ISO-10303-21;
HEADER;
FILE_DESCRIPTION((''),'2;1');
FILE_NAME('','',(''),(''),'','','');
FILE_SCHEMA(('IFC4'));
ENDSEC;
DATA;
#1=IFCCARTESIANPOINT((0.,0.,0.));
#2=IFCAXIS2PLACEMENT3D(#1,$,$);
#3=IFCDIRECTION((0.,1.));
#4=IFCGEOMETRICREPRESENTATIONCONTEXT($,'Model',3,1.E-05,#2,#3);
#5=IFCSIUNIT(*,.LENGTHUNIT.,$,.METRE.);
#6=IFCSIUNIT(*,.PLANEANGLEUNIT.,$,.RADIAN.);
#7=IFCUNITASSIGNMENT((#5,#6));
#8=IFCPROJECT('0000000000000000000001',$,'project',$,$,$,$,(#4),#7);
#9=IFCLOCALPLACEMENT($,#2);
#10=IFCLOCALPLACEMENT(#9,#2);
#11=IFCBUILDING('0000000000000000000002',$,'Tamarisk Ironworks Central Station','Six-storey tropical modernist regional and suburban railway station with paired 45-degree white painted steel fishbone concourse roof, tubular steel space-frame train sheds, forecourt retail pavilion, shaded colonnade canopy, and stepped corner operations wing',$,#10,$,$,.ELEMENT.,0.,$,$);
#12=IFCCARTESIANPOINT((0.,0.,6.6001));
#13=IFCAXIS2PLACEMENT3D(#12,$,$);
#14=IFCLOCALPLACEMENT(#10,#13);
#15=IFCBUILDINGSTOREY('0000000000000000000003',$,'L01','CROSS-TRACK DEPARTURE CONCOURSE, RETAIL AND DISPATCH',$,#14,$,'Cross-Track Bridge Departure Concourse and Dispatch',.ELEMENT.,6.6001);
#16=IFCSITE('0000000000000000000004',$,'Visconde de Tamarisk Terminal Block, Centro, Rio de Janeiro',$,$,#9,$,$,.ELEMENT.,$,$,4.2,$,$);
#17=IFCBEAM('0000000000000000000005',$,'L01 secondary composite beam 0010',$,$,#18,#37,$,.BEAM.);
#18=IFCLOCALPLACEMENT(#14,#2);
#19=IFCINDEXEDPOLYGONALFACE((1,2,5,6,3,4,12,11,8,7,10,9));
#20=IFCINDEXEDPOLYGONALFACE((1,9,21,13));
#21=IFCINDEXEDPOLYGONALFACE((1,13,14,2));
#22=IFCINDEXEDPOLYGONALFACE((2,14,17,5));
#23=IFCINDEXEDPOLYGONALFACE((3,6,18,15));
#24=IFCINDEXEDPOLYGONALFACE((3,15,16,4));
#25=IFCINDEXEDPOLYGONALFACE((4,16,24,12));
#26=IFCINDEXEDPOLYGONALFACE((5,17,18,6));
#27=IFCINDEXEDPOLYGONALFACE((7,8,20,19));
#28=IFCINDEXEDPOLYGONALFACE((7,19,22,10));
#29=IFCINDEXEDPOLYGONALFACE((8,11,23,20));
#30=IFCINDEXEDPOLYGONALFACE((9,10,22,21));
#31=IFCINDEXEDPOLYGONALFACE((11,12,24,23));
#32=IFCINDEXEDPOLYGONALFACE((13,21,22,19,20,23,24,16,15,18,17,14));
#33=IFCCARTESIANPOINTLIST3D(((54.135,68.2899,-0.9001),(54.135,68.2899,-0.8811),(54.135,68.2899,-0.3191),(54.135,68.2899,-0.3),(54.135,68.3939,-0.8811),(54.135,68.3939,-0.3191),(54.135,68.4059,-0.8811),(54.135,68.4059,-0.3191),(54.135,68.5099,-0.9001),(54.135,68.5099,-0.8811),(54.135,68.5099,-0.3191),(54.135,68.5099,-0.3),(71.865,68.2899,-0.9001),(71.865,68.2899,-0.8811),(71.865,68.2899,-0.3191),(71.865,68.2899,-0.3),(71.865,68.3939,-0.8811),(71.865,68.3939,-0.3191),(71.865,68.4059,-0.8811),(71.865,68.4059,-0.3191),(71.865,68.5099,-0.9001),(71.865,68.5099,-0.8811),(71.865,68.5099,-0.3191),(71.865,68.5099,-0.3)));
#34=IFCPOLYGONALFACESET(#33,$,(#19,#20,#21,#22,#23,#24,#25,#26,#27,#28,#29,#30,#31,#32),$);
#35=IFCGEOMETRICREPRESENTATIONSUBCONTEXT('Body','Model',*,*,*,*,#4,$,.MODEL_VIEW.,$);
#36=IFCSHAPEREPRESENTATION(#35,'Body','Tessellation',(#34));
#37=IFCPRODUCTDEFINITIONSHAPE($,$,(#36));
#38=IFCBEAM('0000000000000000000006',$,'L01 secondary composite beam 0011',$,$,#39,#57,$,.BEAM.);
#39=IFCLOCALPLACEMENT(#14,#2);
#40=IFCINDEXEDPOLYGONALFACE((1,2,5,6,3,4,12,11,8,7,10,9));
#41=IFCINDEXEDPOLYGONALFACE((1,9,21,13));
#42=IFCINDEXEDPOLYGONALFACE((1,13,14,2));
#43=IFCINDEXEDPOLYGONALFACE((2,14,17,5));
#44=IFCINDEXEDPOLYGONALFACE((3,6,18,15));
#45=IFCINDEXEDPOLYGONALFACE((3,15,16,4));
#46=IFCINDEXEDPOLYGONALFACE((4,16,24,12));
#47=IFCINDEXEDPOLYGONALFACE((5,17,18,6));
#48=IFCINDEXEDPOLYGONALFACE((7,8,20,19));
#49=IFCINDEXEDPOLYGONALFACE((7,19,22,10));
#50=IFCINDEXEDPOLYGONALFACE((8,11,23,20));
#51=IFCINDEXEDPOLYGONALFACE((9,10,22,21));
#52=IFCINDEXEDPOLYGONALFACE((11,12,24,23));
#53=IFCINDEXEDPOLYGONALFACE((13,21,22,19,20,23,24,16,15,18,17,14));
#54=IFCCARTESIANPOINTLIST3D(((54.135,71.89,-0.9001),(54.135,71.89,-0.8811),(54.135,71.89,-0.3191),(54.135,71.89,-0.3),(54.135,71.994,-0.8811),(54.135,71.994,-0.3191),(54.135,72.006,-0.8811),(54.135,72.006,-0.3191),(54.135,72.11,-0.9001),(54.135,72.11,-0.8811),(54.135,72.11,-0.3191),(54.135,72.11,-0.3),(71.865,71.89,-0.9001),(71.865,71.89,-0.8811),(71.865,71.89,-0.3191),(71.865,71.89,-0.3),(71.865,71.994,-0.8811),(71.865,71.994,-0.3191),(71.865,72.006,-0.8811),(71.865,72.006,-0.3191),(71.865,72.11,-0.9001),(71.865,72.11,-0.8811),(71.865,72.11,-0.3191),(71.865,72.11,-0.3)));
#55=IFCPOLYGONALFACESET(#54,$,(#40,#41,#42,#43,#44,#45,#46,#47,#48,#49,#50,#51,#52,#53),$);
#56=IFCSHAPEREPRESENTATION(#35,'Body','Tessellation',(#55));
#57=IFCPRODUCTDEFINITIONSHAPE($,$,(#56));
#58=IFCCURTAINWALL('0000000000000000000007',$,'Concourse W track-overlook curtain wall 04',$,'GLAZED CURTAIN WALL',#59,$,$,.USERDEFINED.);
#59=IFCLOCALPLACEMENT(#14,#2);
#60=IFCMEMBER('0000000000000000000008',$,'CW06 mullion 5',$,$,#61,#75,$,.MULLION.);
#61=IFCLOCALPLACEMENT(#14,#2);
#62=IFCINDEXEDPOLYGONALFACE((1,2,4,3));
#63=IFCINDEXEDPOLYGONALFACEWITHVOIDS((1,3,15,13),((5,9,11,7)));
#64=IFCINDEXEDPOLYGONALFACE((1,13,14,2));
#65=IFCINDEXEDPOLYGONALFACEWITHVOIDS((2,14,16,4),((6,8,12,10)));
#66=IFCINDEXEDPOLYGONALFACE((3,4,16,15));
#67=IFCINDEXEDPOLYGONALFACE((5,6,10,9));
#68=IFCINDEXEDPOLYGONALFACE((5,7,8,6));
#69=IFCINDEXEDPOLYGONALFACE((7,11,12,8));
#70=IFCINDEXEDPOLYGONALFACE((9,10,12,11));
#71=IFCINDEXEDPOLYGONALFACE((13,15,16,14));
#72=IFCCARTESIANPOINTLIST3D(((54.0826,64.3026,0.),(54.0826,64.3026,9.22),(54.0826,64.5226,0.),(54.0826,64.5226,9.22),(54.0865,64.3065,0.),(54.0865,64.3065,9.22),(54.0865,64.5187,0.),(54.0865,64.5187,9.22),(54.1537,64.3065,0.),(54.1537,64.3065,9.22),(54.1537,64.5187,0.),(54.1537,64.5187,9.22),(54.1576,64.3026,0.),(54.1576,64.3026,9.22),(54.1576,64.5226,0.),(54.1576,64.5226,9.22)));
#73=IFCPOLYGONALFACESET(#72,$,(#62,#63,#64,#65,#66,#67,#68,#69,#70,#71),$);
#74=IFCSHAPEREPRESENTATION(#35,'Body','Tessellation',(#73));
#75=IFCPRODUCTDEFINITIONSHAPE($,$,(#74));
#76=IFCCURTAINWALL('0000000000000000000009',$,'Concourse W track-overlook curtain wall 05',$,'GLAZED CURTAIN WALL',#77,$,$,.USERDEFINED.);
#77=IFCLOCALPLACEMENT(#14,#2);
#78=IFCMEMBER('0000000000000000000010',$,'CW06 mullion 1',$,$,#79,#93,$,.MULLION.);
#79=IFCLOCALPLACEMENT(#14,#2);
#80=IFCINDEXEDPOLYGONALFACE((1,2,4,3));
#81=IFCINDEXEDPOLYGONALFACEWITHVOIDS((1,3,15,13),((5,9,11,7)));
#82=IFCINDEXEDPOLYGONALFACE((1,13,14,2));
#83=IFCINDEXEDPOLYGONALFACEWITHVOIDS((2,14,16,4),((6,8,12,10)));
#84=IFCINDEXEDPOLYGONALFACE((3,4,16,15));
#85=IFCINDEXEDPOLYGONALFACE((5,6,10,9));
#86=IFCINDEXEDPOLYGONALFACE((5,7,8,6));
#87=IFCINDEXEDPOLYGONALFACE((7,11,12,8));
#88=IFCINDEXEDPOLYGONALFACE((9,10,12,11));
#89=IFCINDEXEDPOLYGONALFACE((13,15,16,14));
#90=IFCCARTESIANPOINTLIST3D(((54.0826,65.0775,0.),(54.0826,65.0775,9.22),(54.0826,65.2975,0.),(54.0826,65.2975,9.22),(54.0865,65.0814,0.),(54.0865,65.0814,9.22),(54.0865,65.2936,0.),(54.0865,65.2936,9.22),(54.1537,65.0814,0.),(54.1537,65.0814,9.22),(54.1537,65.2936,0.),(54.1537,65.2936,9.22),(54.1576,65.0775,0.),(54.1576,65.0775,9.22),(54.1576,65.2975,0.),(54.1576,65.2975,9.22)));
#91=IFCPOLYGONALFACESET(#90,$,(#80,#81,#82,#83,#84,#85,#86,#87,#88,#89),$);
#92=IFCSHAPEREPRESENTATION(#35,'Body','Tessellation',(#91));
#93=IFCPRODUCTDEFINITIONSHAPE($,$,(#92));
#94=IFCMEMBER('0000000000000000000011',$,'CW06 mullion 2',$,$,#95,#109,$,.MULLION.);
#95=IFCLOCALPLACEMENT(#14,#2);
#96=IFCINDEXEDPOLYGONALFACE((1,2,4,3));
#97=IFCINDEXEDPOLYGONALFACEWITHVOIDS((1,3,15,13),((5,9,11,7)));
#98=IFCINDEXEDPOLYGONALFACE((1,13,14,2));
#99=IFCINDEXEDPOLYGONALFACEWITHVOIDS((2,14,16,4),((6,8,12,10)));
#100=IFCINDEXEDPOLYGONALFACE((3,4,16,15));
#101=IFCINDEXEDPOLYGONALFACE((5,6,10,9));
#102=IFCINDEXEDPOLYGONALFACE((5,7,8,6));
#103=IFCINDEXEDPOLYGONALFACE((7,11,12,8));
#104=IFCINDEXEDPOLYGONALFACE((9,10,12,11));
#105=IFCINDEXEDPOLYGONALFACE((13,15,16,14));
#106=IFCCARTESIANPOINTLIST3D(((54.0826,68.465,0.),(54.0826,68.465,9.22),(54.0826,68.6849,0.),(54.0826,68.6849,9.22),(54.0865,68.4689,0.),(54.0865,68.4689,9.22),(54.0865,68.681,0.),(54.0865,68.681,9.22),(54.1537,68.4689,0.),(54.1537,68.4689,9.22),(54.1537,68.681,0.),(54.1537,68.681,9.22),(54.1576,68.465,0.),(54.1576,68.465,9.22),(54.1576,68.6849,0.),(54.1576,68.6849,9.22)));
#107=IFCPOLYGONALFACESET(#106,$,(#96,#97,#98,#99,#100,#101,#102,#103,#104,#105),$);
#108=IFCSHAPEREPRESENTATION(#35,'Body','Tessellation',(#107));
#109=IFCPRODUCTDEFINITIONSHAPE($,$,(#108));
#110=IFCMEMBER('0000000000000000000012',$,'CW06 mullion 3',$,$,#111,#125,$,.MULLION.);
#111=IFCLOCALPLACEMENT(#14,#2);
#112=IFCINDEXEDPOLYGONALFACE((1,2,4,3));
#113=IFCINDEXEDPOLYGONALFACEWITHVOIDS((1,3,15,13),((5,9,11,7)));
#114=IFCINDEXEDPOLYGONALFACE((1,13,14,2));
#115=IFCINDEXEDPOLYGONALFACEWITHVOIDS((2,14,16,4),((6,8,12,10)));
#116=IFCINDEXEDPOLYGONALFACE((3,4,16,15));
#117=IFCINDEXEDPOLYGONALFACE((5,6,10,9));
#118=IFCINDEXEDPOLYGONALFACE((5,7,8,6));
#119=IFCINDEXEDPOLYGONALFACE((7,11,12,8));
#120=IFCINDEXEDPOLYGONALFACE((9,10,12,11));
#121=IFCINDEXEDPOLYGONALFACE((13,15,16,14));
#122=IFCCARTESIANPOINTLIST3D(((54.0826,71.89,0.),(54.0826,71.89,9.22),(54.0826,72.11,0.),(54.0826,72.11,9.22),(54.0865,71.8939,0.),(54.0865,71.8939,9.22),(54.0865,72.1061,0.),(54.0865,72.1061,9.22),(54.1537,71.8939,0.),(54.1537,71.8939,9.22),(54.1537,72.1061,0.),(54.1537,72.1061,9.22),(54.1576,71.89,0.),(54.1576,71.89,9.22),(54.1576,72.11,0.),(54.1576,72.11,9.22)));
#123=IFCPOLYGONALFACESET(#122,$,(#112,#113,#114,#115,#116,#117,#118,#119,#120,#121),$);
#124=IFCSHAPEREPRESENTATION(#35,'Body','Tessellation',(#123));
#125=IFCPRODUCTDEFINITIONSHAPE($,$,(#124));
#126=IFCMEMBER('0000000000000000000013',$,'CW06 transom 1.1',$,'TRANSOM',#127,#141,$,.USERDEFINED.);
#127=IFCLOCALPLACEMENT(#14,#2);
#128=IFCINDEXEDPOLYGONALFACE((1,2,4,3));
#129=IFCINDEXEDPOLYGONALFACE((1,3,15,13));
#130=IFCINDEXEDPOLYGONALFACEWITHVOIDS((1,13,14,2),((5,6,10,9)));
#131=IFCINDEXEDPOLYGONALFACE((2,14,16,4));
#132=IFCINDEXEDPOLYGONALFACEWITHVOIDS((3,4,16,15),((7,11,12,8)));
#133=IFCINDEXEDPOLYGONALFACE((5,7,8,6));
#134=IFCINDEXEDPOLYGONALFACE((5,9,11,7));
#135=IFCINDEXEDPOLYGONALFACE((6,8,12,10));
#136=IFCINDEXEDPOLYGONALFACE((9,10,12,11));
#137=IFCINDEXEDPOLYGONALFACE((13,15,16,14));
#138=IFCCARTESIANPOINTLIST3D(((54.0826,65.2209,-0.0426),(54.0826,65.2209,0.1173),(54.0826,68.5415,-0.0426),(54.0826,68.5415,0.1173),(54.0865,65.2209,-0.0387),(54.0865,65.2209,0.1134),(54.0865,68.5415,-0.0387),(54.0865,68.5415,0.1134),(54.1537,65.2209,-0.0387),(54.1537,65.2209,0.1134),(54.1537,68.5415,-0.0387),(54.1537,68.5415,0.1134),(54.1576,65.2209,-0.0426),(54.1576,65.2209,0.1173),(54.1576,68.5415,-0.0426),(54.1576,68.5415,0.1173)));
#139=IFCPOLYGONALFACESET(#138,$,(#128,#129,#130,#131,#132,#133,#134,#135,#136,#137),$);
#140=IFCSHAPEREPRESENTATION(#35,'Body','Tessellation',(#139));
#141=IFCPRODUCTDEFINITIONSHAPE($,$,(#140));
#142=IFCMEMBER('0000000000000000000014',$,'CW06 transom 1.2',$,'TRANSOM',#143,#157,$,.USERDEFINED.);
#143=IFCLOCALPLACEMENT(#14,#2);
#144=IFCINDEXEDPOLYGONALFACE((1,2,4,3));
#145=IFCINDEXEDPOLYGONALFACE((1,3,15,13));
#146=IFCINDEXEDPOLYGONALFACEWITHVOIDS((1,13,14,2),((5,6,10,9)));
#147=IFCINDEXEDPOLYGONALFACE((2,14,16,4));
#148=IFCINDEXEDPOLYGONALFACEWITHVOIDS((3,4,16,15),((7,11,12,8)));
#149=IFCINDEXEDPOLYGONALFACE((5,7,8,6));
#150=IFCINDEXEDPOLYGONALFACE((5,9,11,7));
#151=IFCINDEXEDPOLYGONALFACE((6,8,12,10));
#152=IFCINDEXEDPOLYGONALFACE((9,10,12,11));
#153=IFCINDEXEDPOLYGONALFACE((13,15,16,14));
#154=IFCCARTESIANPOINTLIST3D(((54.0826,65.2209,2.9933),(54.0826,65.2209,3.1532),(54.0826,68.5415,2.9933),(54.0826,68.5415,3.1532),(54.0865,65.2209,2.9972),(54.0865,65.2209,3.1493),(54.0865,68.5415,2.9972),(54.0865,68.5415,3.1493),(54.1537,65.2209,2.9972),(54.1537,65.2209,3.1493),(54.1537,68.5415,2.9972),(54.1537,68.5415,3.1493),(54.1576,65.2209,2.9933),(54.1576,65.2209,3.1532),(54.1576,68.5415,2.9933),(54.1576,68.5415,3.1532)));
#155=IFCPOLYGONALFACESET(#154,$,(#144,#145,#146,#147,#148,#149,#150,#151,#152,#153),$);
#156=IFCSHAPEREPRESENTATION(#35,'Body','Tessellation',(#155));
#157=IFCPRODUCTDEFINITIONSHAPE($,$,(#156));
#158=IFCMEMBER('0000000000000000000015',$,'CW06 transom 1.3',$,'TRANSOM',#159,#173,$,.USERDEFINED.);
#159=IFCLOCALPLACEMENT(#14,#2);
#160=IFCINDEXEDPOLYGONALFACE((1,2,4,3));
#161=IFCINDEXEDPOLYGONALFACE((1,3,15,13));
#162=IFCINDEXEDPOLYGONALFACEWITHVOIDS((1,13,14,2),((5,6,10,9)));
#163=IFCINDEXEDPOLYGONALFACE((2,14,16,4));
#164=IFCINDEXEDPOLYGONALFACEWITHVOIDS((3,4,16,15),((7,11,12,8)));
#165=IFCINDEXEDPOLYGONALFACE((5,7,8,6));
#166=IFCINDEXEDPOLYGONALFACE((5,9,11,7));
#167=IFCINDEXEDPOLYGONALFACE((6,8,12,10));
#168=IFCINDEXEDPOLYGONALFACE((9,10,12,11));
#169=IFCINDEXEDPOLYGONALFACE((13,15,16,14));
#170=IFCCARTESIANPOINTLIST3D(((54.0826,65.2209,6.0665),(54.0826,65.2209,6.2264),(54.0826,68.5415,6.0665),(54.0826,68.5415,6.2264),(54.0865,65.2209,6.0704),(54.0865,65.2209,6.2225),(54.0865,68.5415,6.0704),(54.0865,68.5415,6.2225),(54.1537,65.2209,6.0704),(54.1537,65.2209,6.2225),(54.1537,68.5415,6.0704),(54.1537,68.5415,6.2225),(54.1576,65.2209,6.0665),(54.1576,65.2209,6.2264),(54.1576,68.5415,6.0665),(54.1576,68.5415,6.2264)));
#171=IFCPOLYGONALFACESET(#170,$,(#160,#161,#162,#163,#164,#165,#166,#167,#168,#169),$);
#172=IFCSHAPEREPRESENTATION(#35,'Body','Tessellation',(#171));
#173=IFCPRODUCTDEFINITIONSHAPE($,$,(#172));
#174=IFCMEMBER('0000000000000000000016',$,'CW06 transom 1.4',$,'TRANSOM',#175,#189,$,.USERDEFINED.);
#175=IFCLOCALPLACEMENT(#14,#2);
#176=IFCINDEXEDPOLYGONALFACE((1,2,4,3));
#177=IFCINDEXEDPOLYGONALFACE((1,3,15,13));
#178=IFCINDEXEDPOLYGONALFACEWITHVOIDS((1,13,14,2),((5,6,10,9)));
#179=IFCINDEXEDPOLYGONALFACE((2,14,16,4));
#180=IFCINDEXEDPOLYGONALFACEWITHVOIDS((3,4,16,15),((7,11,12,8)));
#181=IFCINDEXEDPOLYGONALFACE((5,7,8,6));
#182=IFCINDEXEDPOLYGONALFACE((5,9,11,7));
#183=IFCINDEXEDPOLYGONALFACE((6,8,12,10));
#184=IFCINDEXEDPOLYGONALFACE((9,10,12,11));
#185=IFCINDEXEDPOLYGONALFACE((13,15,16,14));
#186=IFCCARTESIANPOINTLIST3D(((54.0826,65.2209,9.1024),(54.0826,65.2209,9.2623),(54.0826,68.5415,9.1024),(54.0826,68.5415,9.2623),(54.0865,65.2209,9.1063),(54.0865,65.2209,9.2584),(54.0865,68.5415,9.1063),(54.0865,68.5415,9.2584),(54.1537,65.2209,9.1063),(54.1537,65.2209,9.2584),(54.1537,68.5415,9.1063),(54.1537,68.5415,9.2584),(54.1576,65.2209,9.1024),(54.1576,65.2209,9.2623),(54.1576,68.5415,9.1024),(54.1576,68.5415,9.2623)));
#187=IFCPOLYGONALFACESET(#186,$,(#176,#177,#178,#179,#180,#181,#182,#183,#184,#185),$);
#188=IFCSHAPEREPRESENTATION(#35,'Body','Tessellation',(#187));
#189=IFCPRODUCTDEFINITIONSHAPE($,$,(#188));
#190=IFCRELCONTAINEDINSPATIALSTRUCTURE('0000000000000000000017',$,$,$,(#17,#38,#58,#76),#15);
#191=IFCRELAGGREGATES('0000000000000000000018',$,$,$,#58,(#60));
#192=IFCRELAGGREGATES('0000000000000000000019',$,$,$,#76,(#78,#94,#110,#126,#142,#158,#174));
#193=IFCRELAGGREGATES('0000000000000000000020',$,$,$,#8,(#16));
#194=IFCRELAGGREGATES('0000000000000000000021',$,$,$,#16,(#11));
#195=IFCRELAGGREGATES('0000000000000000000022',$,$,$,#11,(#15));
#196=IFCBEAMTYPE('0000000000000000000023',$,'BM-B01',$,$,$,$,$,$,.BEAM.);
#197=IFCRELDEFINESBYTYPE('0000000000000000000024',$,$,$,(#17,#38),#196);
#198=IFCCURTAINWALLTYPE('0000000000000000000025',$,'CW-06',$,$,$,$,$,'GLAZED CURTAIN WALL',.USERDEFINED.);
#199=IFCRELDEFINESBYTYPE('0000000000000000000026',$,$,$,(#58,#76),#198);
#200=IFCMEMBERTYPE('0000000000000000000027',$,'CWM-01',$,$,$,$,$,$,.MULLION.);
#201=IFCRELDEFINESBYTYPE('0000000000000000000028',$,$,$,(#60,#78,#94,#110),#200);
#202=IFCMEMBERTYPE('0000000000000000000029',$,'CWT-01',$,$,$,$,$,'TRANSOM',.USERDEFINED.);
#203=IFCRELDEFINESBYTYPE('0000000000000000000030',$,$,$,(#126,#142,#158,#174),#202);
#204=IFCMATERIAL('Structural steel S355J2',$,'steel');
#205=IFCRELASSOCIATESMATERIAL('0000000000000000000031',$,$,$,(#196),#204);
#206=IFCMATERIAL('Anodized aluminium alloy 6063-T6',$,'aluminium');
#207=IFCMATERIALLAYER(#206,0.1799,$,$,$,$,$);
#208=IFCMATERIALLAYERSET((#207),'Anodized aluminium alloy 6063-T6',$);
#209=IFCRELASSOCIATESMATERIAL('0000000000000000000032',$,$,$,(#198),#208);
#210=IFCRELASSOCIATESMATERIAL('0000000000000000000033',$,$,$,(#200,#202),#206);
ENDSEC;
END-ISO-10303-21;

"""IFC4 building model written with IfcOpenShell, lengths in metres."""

from ifc_helpers import new_model, si_unit, direction, frame, origin, origin_2d, place, context, subcontext, project, spatial, hollow_rectangle, i_section, extrude, material, layer, layer_set, material_profile, profile_set, type_object, element, aggregate, save


model = new_model("IFC4")

# Units and contexts
model_context = context("Model", 3, precision=1e-05, world=origin(), true_north=direction((0.0, 1.0)))
body_context = subcontext(model_context, "Body", "Model", "MODEL_VIEW")
ifc_project = project(units=[si_unit("LENGTHUNIT", "METRE"), si_unit("PLANEANGLEUNIT", "RADIAN")], contexts=[model_context])

# Site, building, storey
site_placement = place(None, origin())
site = spatial("IfcSite", under=ifc_project, at=site_placement, Name="Visconde de Tamarisk Terminal Block, Centro, Rio de Janeiro", CompositionType="ELEMENT", RefElevation=4.2)
building_placement = place(site_placement, origin())
building = spatial("IfcBuilding", under=site, at=building_placement, Name="Tamarisk Ironworks Central Station", Description="Six-storey tropical modernist regional and suburban railway station with paired 45-degree white painted steel fishbone concourse roof, tubular steel space-frame train sheds, forecourt retail pavilion, shaded colonnade canopy, and stepped corner operations wing", CompositionType="ELEMENT", ElevationOfRefHeight=0.0)
storey_placement = place(building_placement, frame((0.0, 0.0, 6.6001)))
storey = spatial("IfcBuildingStorey", under=building, at=storey_placement, Name="L01", Description="CROSS-TRACK DEPARTURE CONCOURSE, RETAIL AND DISPATCH", LongName="Cross-Track Bridge Departure Concourse and Dispatch", CompositionType="ELEMENT", Elevation=6.6001)

# Beams
ifc_material_1 = material(Name="Structural steel S355J2", Category="steel")
ifc_material_profile_1 = material_profile(ifc_material_1, i_section(OverallWidth=0.22, OverallDepth=0.6001, WebThickness=0.012, FlangeThickness=0.019, at=origin_2d()), Name="IPE 600")
ifc_profile_set_1 = profile_set([ifc_material_profile_1], Name="Structural steel S355J2")
beam_type = type_object("IfcBeamType", Name="BM-B01", PredefinedType="BEAM", material=ifc_profile_set_1)
for number, where, z_axis, x_axis, name in (
    (1, (54.135, 68.3999, -0.6001), (1.0, 0.0, 0.0), (0.0, 1.0, 0.0), "L01 secondary composite beam 0010"),
    (2, (54.135, 72.0, -0.6001), (1.0, 0.0, 0.0), (0.0, 1.0, 0.0), "L01 secondary composite beam 0011"),
):
    element("IfcBeam", number, at=place(storey_placement, frame(where, z_axis=z_axis, x_axis=x_axis)), inside=storey, type_object=beam_type, Name=name, PredefinedType="BEAM", context=body_context, shape_type="SweptSolid", body=[
        extrude(i_section(OverallWidth=0.22, OverallDepth=0.6001, WebThickness=0.012, FlangeThickness=0.019, at=origin_2d()), origin(), (0.0, 0.0, 1.0), 17.73),
    ])

# Curtain wall, member
ifc_material_2 = material(Name="Anodized aluminium alloy 6063-T6", Category="aluminium")
ifc_layer_1 = layer(ifc_material_2, 0.1799)
ifc_layer_set_1 = layer_set([ifc_layer_1], Name="Anodized aluminium alloy 6063-T6")
curtain_wall_type = type_object("IfcCurtainWallType", Name="CW-06", ElementType="GLAZED CURTAIN WALL", PredefinedType="USERDEFINED", material=ifc_layer_set_1)
curtain_wall_1_placement = place(storey_placement, origin())
curtain_wall_1 = element("IfcCurtainWall", 3, at=curtain_wall_1_placement, inside=storey, type_object=curtain_wall_type, Name="Concourse W track-overlook curtain wall 04", ObjectType="GLAZED CURTAIN WALL", PredefinedType="USERDEFINED")
ifc_material_profile_2 = material_profile(ifc_material_2, hollow_rectangle(XDim=0.075, YDim=0.22, WallThickness=0.0039, at=origin_2d()), Name="ALUM 220x75")
ifc_profile_set_2 = profile_set([ifc_material_profile_2], Name="Anodized aluminium alloy 6063-T6")
member_type_1 = type_object("IfcMemberType", Name="CWM-01", PredefinedType="MULLION", material=ifc_profile_set_2)
member_1_placement = place(storey_placement, frame((54.1201, 64.4126, 0.0), z_axis=(0.0, 0.0, 1.0), x_axis=(-1.0, 0.0, 0.0)))
member_1 = element("IfcMember", 4, at=member_1_placement, type_object=member_type_1, Name="CW06 mullion 5", PredefinedType="MULLION", context=body_context, shape_type="SweptSolid", body=[
    extrude(hollow_rectangle(XDim=0.075, YDim=0.22, WallThickness=0.0039, at=origin_2d()), origin(), (0.0, 0.0, 1.0), 9.22),
])

# Curtain wall, members
curtain_wall_2_placement = place(storey_placement, origin())
curtain_wall_2 = element("IfcCurtainWall", 5, at=curtain_wall_2_placement, inside=storey, type_object=curtain_wall_type, Name="Concourse W track-overlook curtain wall 05", ObjectType="GLAZED CURTAIN WALL", PredefinedType="USERDEFINED")
member_2_placement = place(storey_placement, frame((54.1201, 65.1875, 0.0), z_axis=(0.0, 0.0, 1.0), x_axis=(-1.0, 0.0, 0.0)))
member_2 = element("IfcMember", 6, at=member_2_placement, type_object=member_type_1, Name="CW06 mullion 1", PredefinedType="MULLION", context=body_context, shape_type="SweptSolid", body=[
    extrude(hollow_rectangle(XDim=0.075, YDim=0.22, WallThickness=0.0039, at=origin_2d()), origin(), (0.0, 0.0, 1.0), 9.22),
])
member_3_placement = place(storey_placement, frame((54.1201, 68.575, 0.0), z_axis=(0.0, 0.0, 1.0), x_axis=(-1.0, 0.0, 0.0)))
member_3 = element("IfcMember", 7, at=member_3_placement, type_object=member_type_1, Name="CW06 mullion 2", PredefinedType="MULLION", context=body_context, shape_type="SweptSolid", body=[
    extrude(hollow_rectangle(XDim=0.075, YDim=0.22, WallThickness=0.0039, at=origin_2d()), origin(), (0.0, 0.0, 1.0), 9.22),
])
member_4_placement = place(storey_placement, frame((54.1201, 72.0, 0.0), z_axis=(0.0, 0.0, 1.0), x_axis=(-1.0, 0.0, 0.0)))
member_4 = element("IfcMember", 8, at=member_4_placement, type_object=member_type_1, Name="CW06 mullion 3", PredefinedType="MULLION", context=body_context, shape_type="SweptSolid", body=[
    extrude(hollow_rectangle(XDim=0.075, YDim=0.22, WallThickness=0.0039, at=origin_2d()), origin(), (0.0, 0.0, 1.0), 9.22),
])
ifc_material_profile_3 = material_profile(ifc_material_2, hollow_rectangle(XDim=0.075, YDim=0.1599, WallThickness=0.0039, at=origin_2d()), Name="ALUM 160x75")
ifc_profile_set_3 = profile_set([ifc_material_profile_3], Name="Anodized aluminium alloy 6063-T6")
member_type_2 = type_object("IfcMemberType", Name="CWT-01", ElementType="TRANSOM", PredefinedType="USERDEFINED", material=ifc_profile_set_3)
member_5_placement = place(storey_placement, frame((54.1201, 65.2209, 0.0374), z_axis=(0.0, 1.0, 0.0), x_axis=(-1.0, 0.0, 0.0)))
member_5 = element("IfcMember", 9, at=member_5_placement, type_object=member_type_2, Name="CW06 transom 1.1", ObjectType="TRANSOM", PredefinedType="USERDEFINED", context=body_context, shape_type="SweptSolid", body=[
    extrude(hollow_rectangle(XDim=0.075, YDim=0.1599, WallThickness=0.0039, at=origin_2d()), origin(), (0.0, 0.0, 1.0), 3.3206),
])
member_6_placement = place(storey_placement, frame((54.1201, 65.2209, 3.0732), z_axis=(0.0, 1.0, 0.0), x_axis=(-1.0, 0.0, 0.0)))
member_6 = element("IfcMember", 10, at=member_6_placement, type_object=member_type_2, Name="CW06 transom 1.2", ObjectType="TRANSOM", PredefinedType="USERDEFINED", context=body_context, shape_type="SweptSolid", body=[
    extrude(hollow_rectangle(XDim=0.075, YDim=0.1599, WallThickness=0.0039, at=origin_2d()), origin(), (0.0, 0.0, 1.0), 3.3206),
])
member_7_placement = place(storey_placement, frame((54.1201, 65.2209, 6.1465), z_axis=(0.0, 1.0, 0.0), x_axis=(-1.0, 0.0, 0.0)))
member_7 = element("IfcMember", 11, at=member_7_placement, type_object=member_type_2, Name="CW06 transom 1.3", ObjectType="TRANSOM", PredefinedType="USERDEFINED", context=body_context, shape_type="SweptSolid", body=[
    extrude(hollow_rectangle(XDim=0.075, YDim=0.1599, WallThickness=0.0039, at=origin_2d()), origin(), (0.0, 0.0, 1.0), 3.3206),
])
member_8_placement = place(storey_placement, frame((54.1201, 65.2209, 9.1824), z_axis=(0.0, 1.0, 0.0), x_axis=(-1.0, 0.0, 0.0)))
member_8 = element("IfcMember", 12, at=member_8_placement, type_object=member_type_2, Name="CW06 transom 1.4", ObjectType="TRANSOM", PredefinedType="USERDEFINED", context=body_context, shape_type="SweptSolid", body=[
    extrude(hollow_rectangle(XDim=0.075, YDim=0.1599, WallThickness=0.0039, at=origin_2d()), origin(), (0.0, 0.0, 1.0), 3.3206),
])

aggregate(curtain_wall_1, [member_1])
aggregate(curtain_wall_2, [member_2, member_3, member_4, member_5, member_6, member_7, member_8])

save(model, "model.ifc")
